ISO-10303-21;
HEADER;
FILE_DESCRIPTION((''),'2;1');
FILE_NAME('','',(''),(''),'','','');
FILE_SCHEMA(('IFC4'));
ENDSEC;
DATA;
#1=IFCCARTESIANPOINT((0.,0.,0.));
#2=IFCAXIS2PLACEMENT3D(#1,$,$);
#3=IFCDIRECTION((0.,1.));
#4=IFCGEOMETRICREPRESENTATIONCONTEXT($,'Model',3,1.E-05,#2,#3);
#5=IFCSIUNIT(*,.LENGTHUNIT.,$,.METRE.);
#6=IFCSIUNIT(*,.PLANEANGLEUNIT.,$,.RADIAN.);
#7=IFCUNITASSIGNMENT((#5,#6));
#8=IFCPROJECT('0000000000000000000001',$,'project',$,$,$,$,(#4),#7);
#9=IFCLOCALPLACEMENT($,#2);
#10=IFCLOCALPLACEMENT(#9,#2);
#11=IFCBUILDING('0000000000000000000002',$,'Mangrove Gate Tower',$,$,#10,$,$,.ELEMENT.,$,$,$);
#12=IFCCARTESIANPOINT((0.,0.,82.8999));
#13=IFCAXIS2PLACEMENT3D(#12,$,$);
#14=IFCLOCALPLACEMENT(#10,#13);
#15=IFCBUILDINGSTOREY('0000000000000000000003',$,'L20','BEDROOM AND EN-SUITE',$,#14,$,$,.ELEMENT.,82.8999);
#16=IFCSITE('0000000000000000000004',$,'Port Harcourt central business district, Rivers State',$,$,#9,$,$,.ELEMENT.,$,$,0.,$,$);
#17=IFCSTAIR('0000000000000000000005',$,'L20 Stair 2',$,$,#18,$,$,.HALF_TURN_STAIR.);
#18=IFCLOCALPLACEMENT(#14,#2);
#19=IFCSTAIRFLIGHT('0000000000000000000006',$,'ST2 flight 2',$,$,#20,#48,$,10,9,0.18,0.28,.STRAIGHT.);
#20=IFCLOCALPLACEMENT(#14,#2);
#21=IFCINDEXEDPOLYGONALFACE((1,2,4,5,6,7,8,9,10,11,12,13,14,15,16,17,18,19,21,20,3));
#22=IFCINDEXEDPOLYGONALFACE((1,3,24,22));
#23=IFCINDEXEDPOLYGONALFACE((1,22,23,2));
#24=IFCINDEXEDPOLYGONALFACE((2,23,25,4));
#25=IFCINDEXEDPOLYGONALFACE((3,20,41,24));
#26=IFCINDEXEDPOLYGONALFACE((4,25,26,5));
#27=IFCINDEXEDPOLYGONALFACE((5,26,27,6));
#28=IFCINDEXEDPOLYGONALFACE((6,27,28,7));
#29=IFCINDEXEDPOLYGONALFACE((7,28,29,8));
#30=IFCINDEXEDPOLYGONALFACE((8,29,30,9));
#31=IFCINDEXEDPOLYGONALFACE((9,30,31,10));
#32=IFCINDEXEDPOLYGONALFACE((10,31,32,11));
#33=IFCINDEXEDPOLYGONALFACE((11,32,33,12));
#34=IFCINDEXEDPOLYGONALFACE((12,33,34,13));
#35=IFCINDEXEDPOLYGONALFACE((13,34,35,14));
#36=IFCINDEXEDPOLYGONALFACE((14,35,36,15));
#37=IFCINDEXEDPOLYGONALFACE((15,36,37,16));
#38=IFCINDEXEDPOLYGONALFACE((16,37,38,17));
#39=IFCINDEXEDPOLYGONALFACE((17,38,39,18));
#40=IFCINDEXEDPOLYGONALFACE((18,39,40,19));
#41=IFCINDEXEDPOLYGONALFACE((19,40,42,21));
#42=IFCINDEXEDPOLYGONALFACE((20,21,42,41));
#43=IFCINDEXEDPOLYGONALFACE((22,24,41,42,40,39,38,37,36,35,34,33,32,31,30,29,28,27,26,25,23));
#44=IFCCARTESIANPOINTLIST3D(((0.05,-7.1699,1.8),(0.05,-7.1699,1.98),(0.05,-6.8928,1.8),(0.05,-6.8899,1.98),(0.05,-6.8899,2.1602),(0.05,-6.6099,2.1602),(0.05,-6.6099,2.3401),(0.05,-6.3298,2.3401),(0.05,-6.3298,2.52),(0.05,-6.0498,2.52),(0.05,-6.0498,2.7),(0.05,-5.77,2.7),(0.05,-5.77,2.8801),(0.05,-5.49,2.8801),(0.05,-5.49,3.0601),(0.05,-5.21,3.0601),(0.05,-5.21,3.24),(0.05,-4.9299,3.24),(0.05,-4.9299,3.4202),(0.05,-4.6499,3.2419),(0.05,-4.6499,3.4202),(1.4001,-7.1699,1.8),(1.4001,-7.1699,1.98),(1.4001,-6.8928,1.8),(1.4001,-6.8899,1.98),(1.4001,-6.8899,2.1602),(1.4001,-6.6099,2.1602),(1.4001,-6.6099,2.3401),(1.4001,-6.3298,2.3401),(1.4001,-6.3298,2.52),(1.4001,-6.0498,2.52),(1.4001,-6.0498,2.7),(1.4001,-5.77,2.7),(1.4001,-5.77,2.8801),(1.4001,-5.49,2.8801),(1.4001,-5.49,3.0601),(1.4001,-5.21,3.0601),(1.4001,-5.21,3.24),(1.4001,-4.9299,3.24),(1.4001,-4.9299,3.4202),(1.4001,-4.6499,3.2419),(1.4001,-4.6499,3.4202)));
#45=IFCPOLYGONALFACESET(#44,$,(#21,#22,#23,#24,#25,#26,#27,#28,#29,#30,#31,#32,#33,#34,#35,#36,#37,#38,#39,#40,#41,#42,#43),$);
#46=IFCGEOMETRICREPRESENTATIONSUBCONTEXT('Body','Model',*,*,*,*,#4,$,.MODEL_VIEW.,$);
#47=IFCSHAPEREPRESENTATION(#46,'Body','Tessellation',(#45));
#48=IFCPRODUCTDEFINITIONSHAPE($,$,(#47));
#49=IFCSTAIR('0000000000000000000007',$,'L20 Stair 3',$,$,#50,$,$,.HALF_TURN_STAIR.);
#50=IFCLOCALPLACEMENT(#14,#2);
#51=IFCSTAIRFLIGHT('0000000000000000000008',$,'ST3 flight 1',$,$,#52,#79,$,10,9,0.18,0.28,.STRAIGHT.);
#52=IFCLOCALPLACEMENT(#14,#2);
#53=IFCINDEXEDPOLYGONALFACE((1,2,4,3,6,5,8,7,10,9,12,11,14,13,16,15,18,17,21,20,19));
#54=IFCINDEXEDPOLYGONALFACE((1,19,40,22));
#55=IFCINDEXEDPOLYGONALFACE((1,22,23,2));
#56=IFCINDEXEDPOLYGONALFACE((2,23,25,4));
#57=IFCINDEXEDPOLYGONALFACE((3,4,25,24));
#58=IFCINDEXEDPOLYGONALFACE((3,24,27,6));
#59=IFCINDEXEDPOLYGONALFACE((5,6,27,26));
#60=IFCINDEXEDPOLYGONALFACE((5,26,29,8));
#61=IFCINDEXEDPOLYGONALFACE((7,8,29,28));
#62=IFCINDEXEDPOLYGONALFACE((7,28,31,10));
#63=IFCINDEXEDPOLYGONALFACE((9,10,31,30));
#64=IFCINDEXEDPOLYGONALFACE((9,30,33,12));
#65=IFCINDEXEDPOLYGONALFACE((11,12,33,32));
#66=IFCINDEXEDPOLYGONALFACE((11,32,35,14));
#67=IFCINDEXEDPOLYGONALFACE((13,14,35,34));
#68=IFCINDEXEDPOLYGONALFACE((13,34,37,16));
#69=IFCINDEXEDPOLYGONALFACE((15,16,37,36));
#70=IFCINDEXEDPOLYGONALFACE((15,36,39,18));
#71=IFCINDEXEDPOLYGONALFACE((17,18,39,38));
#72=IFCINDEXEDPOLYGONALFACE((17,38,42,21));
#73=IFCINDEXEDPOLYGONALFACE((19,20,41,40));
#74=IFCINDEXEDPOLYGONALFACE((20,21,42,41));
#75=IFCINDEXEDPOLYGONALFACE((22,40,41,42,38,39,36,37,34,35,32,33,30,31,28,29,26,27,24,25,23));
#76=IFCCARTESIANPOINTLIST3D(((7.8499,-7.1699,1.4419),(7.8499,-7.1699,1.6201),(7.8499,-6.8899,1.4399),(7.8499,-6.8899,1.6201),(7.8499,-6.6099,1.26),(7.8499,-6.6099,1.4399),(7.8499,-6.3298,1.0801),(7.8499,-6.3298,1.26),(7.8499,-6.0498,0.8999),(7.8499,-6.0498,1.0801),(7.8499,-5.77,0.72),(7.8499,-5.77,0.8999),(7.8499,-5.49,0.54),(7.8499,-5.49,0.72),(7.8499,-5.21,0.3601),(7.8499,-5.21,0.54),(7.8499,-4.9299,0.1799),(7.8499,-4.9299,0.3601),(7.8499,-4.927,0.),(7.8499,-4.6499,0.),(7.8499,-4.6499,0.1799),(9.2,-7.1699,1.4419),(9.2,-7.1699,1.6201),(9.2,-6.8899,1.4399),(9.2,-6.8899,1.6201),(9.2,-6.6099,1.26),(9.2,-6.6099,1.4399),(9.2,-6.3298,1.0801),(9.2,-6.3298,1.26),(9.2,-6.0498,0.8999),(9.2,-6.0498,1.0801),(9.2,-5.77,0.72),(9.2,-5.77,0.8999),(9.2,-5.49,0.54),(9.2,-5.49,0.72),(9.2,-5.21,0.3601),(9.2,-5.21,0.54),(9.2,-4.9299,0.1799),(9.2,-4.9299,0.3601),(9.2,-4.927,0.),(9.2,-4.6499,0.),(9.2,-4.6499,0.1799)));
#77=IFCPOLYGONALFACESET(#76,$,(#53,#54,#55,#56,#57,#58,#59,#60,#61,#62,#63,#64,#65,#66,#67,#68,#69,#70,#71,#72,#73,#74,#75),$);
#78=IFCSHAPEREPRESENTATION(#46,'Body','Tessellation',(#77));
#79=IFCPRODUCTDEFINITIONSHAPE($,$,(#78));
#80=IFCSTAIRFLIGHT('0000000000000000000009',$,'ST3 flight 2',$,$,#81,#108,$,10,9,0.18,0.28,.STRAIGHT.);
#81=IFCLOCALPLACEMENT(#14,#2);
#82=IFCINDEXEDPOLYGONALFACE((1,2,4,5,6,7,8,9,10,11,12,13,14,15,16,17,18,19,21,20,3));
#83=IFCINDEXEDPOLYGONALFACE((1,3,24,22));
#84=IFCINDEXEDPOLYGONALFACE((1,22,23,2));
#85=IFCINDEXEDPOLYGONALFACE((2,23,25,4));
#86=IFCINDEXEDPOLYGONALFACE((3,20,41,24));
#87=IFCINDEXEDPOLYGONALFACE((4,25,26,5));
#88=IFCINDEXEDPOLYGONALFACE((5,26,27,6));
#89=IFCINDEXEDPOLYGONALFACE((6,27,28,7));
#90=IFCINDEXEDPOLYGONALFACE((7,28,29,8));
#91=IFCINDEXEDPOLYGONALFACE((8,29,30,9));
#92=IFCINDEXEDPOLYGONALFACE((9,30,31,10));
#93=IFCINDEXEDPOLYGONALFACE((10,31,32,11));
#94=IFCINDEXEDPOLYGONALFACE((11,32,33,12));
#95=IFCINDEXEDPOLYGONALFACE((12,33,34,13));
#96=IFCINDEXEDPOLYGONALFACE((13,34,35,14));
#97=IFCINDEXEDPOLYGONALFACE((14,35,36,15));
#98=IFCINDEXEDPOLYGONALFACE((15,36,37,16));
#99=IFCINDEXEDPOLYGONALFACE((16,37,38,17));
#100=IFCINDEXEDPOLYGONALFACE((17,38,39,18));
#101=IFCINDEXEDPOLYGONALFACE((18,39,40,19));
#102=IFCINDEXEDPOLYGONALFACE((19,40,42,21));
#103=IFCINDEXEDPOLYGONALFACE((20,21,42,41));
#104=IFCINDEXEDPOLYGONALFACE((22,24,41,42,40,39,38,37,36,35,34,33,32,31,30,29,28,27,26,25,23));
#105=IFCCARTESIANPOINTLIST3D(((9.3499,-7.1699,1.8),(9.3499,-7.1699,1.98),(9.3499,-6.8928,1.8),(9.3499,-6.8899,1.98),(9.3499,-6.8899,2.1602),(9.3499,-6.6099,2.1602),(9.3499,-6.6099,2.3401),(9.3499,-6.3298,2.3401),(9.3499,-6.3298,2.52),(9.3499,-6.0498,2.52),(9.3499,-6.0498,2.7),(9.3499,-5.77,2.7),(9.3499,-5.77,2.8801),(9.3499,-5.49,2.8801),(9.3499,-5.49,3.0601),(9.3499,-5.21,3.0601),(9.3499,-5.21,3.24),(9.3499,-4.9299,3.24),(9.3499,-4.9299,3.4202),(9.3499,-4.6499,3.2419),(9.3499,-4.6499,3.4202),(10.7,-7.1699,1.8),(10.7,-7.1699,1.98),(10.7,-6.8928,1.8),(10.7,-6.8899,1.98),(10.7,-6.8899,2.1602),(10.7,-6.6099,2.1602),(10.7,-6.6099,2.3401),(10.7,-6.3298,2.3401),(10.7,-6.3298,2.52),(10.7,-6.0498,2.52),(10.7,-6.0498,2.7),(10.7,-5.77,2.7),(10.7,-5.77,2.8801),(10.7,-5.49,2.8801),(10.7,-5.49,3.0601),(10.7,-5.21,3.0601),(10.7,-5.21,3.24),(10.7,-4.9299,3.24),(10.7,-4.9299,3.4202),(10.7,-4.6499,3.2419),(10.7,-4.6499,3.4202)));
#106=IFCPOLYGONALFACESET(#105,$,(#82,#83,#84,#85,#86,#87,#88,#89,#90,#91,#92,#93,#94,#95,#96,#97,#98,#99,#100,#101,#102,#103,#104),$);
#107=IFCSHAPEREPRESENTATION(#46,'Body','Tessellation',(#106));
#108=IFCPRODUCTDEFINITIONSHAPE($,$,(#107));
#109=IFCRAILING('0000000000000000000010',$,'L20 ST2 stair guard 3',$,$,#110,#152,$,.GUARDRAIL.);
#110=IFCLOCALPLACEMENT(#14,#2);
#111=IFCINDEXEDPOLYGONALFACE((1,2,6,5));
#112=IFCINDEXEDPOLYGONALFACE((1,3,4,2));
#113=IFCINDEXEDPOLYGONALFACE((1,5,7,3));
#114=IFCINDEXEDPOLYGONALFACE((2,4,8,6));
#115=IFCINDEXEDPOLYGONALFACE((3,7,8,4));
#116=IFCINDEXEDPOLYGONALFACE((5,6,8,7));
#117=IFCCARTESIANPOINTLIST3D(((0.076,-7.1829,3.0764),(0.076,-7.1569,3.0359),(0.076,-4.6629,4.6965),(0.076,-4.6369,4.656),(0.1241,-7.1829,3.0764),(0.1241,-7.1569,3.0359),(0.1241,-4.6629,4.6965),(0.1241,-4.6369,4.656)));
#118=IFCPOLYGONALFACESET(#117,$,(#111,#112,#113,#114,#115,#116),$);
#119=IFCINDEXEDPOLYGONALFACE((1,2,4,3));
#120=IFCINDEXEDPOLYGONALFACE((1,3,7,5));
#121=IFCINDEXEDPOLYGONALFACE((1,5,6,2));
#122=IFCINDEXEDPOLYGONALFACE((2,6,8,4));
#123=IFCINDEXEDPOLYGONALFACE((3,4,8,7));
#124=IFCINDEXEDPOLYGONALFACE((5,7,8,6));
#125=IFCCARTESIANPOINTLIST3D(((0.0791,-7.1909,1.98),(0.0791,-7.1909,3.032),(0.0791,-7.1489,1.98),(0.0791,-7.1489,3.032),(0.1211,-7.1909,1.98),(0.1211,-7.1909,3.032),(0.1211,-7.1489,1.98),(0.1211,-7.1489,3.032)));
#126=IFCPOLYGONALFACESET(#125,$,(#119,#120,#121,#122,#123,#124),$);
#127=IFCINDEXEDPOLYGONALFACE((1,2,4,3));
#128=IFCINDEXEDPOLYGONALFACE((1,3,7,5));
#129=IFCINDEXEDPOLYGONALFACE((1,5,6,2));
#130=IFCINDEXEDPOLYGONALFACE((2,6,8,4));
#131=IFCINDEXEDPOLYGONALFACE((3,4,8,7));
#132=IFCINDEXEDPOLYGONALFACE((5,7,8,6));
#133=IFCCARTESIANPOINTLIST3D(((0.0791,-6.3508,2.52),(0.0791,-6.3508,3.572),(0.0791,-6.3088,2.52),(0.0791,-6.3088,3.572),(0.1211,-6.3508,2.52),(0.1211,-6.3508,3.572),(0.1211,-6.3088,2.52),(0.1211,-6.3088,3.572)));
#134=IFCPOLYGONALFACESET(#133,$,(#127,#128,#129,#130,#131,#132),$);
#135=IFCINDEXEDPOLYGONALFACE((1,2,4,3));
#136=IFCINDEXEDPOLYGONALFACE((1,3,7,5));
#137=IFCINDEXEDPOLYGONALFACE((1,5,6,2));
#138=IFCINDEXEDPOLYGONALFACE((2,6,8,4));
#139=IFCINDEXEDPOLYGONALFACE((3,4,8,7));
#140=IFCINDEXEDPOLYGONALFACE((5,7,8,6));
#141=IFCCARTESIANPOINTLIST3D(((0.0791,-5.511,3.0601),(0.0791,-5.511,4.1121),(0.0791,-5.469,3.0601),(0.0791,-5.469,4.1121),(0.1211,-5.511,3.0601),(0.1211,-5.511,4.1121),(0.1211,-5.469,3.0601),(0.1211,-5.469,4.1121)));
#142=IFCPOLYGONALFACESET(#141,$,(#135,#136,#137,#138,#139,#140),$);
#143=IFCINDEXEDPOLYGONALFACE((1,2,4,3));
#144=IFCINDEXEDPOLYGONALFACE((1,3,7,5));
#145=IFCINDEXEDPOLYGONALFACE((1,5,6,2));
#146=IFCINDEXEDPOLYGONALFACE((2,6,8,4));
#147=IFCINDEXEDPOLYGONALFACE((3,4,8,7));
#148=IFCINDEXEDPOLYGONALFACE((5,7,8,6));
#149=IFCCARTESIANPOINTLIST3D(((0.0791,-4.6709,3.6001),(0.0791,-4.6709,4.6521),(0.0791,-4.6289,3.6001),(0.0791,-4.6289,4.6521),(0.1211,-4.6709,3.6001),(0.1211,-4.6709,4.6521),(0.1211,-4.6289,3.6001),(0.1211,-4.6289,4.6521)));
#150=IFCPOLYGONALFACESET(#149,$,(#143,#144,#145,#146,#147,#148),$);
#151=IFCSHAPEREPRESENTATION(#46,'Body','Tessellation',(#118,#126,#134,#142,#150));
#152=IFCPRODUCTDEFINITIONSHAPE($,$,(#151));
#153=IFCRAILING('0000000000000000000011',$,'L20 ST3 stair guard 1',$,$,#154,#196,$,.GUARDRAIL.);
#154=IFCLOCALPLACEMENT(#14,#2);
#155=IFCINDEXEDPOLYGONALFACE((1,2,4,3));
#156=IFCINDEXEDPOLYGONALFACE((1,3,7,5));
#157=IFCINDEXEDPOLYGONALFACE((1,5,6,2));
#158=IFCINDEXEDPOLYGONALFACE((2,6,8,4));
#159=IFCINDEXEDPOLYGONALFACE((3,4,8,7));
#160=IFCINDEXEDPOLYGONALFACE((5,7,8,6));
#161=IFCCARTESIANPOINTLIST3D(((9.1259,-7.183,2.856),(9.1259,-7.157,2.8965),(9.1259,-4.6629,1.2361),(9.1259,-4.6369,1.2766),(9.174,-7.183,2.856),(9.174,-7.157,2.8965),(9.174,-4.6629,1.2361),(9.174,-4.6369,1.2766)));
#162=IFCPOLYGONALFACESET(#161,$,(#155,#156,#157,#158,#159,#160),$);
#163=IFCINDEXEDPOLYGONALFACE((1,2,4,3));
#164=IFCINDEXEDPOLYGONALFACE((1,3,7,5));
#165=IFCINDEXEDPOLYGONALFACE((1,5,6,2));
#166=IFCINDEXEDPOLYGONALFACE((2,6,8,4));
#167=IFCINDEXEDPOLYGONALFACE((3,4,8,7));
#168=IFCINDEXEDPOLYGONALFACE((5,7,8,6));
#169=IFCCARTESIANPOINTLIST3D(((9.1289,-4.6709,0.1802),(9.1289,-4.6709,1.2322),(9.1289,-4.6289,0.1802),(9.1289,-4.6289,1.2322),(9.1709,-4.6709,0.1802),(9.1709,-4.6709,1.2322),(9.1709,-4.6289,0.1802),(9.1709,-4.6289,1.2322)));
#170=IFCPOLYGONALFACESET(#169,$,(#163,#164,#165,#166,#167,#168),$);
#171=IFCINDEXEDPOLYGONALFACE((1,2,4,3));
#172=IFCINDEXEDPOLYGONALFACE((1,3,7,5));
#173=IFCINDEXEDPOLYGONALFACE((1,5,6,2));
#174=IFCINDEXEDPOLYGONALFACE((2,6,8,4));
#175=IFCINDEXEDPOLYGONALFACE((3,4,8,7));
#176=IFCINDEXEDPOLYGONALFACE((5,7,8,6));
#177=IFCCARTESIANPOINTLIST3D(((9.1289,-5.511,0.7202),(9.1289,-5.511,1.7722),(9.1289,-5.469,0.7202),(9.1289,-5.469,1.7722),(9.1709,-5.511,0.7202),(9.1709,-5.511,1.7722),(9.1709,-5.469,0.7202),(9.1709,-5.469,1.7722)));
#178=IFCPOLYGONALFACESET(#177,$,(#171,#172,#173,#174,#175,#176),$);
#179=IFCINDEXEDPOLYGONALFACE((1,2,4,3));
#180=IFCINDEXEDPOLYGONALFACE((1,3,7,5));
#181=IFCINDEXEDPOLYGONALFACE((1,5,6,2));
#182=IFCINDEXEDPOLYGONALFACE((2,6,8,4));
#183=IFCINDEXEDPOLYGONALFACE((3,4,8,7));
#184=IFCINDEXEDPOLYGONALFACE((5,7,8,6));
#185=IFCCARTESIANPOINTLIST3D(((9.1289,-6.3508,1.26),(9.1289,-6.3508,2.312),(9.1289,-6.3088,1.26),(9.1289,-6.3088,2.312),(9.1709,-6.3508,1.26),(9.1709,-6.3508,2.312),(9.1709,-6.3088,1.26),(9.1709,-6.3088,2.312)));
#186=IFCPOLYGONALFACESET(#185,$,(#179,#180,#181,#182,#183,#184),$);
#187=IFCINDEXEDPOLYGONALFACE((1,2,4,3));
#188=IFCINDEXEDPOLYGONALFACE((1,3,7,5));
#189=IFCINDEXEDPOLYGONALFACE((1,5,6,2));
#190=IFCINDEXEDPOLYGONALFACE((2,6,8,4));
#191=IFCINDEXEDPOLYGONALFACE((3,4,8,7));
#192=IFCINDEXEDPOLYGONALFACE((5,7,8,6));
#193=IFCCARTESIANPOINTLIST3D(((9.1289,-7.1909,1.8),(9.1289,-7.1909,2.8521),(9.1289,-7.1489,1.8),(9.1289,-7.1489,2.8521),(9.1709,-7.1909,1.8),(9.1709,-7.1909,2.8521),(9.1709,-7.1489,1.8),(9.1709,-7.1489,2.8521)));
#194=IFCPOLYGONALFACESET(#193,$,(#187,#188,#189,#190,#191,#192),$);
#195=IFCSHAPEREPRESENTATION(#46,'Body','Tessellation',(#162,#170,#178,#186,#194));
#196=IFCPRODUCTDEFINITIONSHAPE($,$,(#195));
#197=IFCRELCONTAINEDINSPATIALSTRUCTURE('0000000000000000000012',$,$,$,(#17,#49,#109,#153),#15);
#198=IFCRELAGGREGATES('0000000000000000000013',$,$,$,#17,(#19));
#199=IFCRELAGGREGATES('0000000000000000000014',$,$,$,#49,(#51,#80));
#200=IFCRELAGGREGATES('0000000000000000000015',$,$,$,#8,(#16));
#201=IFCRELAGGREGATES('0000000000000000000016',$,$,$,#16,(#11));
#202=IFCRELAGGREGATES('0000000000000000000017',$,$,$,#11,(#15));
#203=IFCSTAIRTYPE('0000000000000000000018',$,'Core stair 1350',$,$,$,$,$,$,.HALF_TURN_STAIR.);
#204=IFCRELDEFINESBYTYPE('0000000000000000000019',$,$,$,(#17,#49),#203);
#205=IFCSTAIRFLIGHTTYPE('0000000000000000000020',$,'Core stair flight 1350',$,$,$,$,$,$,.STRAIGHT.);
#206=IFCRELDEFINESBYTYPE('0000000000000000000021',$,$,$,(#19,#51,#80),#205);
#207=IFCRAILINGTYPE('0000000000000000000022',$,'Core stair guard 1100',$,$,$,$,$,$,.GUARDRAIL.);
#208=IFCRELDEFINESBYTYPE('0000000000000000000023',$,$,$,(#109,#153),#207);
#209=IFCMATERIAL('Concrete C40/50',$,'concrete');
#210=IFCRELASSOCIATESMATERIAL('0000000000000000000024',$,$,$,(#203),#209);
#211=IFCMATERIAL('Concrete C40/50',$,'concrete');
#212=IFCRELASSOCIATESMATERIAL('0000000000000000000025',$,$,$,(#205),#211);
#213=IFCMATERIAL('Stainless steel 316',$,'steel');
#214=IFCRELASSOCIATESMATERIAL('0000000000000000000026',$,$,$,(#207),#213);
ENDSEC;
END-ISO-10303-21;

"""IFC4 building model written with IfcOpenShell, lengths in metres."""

from ifc_helpers import new_model, si_unit, direction, frame, origin, origin_2d, place, context, subcontext, project, spatial, polyline, rectangle, outline, extrude, material, type_object, element, aggregate, save


model = new_model("IFC4")

# Units and contexts
model_context = context("Model", 3, precision=1e-05, world=origin(), true_north=direction((0.0, 1.0)))
body_context = subcontext(model_context, "Body", "Model", "MODEL_VIEW")
ifc_project = project(units=[si_unit("LENGTHUNIT", "METRE"), si_unit("PLANEANGLEUNIT", "RADIAN")], contexts=[model_context])

# Site, building, storey
site_placement = place(None, origin())
site = spatial("IfcSite", under=ifc_project, at=site_placement, Name="Port Harcourt central business district, Rivers State", CompositionType="ELEMENT", RefElevation=0.0)
building_placement = place(site_placement, origin())
building = spatial("IfcBuilding", under=site, at=building_placement, Name="Mangrove Gate Tower", CompositionType="ELEMENT")
storey_placement = place(building_placement, frame((0.0, 0.0, 82.8999)))
storey = spatial("IfcBuildingStorey", under=building, at=storey_placement, Name="L20", Description="BEDROOM AND EN-SUITE", CompositionType="ELEMENT", Elevation=82.8999)

# Stair, stair flight
ifc_material_1 = material(Name="Concrete C40/50", Category="concrete")
stair_type = type_object("IfcStairType", Name="Core stair 1350", PredefinedType="HALF_TURN_STAIR", material=ifc_material_1)
stair_1_placement = place(storey_placement, origin())
stair_1 = element("IfcStair", 1, at=stair_1_placement, inside=storey, type_object=stair_type, Name="L20 Stair 2", PredefinedType="HALF_TURN_STAIR")
ifc_material_2 = material(Name="Concrete C40/50", Category="concrete")
stair_flight_type = type_object("IfcStairFlightType", Name="Core stair flight 1350", PredefinedType="STRAIGHT", material=ifc_material_2)
stair_flight_1_placement = place(storey_placement, frame((0.7251, -7.1699, 1.8), z_axis=(0.0, 0.0, 1.0), x_axis=(0.0, 1.0, 0.0)))
stair_flight_1 = element("IfcStairFlight", 2, at=stair_flight_1_placement, type_object=stair_flight_type, Name="ST2 flight 2", NumberOfRisers=10, NumberOfTreads=9, PredefinedType="STRAIGHT", RiserHeight=0.18, TreadLength=0.28, context=body_context, shape_type="SweptSolid", body=[
    extrude(outline(polyline([(0.0, 0.0), (0.0, 0.1799), (0.28, 0.1799), (0.28, 0.3601), (0.5601, 0.3601), (0.5601, 0.54), (0.8401, 0.54), (0.8401, 0.72), (1.1201, 0.72), (1.1201, 0.8999), (1.3999, 0.8999), (1.3999, 1.0801), (1.6799, 1.0801), (1.6799, 1.26), (1.96, 1.26), (1.96, 1.4399), (2.24, 1.4399), (2.24, 1.6201), (2.52, 1.6201), (2.52, 1.8), (2.52, 1.4419), (0.2771, 0.0), (0.0, 0.0)])), frame((0.0, 0.675, 0.0), z_axis=(0.0, -1.0, 0.0), x_axis=(1.0, 0.0, 0.0)), (0.0, 0.0, 1.0), 1.3501),
])
aggregate(stair_1, [stair_flight_1])

# Stair, stair flights
stair_2_placement = place(storey_placement, origin())
stair_2 = element("IfcStair", 3, at=stair_2_placement, inside=storey, type_object=stair_type, Name="L20 Stair 3", PredefinedType="HALF_TURN_STAIR")
stair_flight_2_placement = place(storey_placement, frame((8.5249, -4.6499, 0.0), z_axis=(0.0, 0.0, 1.0), x_axis=(0.0, -1.0, 0.0)))
stair_flight_2 = element("IfcStairFlight", 4, at=stair_flight_2_placement, type_object=stair_flight_type, Name="ST3 flight 1", NumberOfRisers=10, NumberOfTreads=9, PredefinedType="STRAIGHT", RiserHeight=0.18, TreadLength=0.28, context=body_context, shape_type="SweptSolid", body=[
    extrude(outline(polyline([(0.0, 0.0), (0.0, 0.1799), (0.28, 0.1799), (0.28, 0.3601), (0.5601, 0.3601), (0.5601, 0.54), (0.8401, 0.54), (0.8401, 0.72), (1.1201, 0.72), (1.1201, 0.8999), (1.3999, 0.8999), (1.3999, 1.0801), (1.6799, 1.0801), (1.6799, 1.26), (1.96, 1.26), (1.96, 1.4399), (2.24, 1.4399), (2.24, 1.6201), (2.52, 1.6201), (2.52, 1.8), (2.52, 1.4419), (0.2771, 0.0), (0.0, 0.0)])), frame((0.0, 0.675, 0.0), z_axis=(0.0, -1.0, 0.0), x_axis=(1.0, 0.0, 0.0)), (0.0, 0.0, 1.0), 1.3501),
])
stair_flight_3_placement = place(storey_placement, frame((10.0249, -7.1699, 1.8), z_axis=(0.0, 0.0, 1.0), x_axis=(0.0, 1.0, 0.0)))
stair_flight_3 = element("IfcStairFlight", 5, at=stair_flight_3_placement, type_object=stair_flight_type, Name="ST3 flight 2", NumberOfRisers=10, NumberOfTreads=9, PredefinedType="STRAIGHT", RiserHeight=0.18, TreadLength=0.28, context=body_context, shape_type="SweptSolid", body=[
    extrude(outline(polyline([(0.0, 0.0), (0.0, 0.1799), (0.28, 0.1799), (0.28, 0.3601), (0.5601, 0.3601), (0.5601, 0.54), (0.8401, 0.54), (0.8401, 0.72), (1.1201, 0.72), (1.1201, 0.8999), (1.3999, 0.8999), (1.3999, 1.0801), (1.6799, 1.0801), (1.6799, 1.26), (1.96, 1.26), (1.96, 1.4399), (2.24, 1.4399), (2.24, 1.6201), (2.52, 1.6201), (2.52, 1.8), (2.52, 1.4419), (0.2771, 0.0), (0.0, 0.0)])), frame((0.0, 0.675, 0.0), z_axis=(0.0, -1.0, 0.0), x_axis=(1.0, 0.0, 0.0)), (0.0, 0.0, 1.0), 1.3501),
])
aggregate(stair_2, [stair_flight_2, stair_flight_3])

# Railings
ifc_material_3 = material(Name="Stainless steel 316", Category="steel")
railing_type_1 = type_object("IfcRailingType", Name="Core stair guard 1100", PredefinedType="GUARDRAIL", material=ifc_material_3)
railing_1_placement = place(storey_placement, frame((0.1001, -7.1699, 1.98)))
element("IfcRailing", 6, at=railing_1_placement, inside=storey, type_object=railing_type_1, Name="L20 ST2 stair guard 3", PredefinedType="GUARDRAIL", context=body_context, shape_type="SweptSolid", body=[
    extrude(rectangle(XDim=0.0481, YDim=0.0481, at=origin_2d()), frame((0.0, 0.0, 1.0762), z_axis=(0.0, 0.841163, 0.540782), x_axis=(-1.0, 0.0, 0.0)), (0.0, 0.0, 1.0), 2.9958),
    extrude(rectangle(XDim=0.042, YDim=0.042, at=origin_2d()), origin(), (0.0, 0.0, 1.0), 1.052),
    extrude(rectangle(XDim=0.042, YDim=0.042, at=origin_2d()), frame((0.0, 0.8401, 0.54)), (0.0, 0.0, 1.0), 1.052),
    extrude(rectangle(XDim=0.042, YDim=0.042, at=origin_2d()), frame((0.0, 1.6799, 1.0801)), (0.0, 0.0, 1.0), 1.052),
    extrude(rectangle(XDim=0.042, YDim=0.042, at=origin_2d()), frame((0.0, 2.52, 1.6201)), (0.0, 0.0, 1.0), 1.052),
])
railing_2_placement = place(storey_placement, frame((9.1499, -4.6499, 0.1802)))
element("IfcRailing", 7, at=railing_2_placement, inside=storey, type_object=railing_type_1, Name="L20 ST3 stair guard 1", PredefinedType="GUARDRAIL", context=body_context, shape_type="SweptSolid", body=[
    extrude(rectangle(XDim=0.0481, YDim=0.0481, at=origin_2d()), frame((0.0, 0.0, 1.0762), z_axis=(0.0, -0.8412, 0.540725), x_axis=(1.0, 0.0, 0.0)), (0.0, 0.0, 1.0), 2.9958),
    extrude(rectangle(XDim=0.042, YDim=0.042, at=origin_2d()), origin(), (0.0, 0.0, 1.0), 1.052),
    extrude(rectangle(XDim=0.042, YDim=0.042, at=origin_2d()), frame((0.0, -0.8401, 0.54)), (0.0, 0.0, 1.0), 1.052),
    extrude(rectangle(XDim=0.042, YDim=0.042, at=origin_2d()), frame((0.0, -1.6799, 1.0798)), (0.0, 0.0, 1.0), 1.052),
    extrude(rectangle(XDim=0.042, YDim=0.042, at=origin_2d()), frame((0.0, -2.52, 1.6199)), (0.0, 0.0, 1.0), 1.052),
])

save(model, "model.ifc")
